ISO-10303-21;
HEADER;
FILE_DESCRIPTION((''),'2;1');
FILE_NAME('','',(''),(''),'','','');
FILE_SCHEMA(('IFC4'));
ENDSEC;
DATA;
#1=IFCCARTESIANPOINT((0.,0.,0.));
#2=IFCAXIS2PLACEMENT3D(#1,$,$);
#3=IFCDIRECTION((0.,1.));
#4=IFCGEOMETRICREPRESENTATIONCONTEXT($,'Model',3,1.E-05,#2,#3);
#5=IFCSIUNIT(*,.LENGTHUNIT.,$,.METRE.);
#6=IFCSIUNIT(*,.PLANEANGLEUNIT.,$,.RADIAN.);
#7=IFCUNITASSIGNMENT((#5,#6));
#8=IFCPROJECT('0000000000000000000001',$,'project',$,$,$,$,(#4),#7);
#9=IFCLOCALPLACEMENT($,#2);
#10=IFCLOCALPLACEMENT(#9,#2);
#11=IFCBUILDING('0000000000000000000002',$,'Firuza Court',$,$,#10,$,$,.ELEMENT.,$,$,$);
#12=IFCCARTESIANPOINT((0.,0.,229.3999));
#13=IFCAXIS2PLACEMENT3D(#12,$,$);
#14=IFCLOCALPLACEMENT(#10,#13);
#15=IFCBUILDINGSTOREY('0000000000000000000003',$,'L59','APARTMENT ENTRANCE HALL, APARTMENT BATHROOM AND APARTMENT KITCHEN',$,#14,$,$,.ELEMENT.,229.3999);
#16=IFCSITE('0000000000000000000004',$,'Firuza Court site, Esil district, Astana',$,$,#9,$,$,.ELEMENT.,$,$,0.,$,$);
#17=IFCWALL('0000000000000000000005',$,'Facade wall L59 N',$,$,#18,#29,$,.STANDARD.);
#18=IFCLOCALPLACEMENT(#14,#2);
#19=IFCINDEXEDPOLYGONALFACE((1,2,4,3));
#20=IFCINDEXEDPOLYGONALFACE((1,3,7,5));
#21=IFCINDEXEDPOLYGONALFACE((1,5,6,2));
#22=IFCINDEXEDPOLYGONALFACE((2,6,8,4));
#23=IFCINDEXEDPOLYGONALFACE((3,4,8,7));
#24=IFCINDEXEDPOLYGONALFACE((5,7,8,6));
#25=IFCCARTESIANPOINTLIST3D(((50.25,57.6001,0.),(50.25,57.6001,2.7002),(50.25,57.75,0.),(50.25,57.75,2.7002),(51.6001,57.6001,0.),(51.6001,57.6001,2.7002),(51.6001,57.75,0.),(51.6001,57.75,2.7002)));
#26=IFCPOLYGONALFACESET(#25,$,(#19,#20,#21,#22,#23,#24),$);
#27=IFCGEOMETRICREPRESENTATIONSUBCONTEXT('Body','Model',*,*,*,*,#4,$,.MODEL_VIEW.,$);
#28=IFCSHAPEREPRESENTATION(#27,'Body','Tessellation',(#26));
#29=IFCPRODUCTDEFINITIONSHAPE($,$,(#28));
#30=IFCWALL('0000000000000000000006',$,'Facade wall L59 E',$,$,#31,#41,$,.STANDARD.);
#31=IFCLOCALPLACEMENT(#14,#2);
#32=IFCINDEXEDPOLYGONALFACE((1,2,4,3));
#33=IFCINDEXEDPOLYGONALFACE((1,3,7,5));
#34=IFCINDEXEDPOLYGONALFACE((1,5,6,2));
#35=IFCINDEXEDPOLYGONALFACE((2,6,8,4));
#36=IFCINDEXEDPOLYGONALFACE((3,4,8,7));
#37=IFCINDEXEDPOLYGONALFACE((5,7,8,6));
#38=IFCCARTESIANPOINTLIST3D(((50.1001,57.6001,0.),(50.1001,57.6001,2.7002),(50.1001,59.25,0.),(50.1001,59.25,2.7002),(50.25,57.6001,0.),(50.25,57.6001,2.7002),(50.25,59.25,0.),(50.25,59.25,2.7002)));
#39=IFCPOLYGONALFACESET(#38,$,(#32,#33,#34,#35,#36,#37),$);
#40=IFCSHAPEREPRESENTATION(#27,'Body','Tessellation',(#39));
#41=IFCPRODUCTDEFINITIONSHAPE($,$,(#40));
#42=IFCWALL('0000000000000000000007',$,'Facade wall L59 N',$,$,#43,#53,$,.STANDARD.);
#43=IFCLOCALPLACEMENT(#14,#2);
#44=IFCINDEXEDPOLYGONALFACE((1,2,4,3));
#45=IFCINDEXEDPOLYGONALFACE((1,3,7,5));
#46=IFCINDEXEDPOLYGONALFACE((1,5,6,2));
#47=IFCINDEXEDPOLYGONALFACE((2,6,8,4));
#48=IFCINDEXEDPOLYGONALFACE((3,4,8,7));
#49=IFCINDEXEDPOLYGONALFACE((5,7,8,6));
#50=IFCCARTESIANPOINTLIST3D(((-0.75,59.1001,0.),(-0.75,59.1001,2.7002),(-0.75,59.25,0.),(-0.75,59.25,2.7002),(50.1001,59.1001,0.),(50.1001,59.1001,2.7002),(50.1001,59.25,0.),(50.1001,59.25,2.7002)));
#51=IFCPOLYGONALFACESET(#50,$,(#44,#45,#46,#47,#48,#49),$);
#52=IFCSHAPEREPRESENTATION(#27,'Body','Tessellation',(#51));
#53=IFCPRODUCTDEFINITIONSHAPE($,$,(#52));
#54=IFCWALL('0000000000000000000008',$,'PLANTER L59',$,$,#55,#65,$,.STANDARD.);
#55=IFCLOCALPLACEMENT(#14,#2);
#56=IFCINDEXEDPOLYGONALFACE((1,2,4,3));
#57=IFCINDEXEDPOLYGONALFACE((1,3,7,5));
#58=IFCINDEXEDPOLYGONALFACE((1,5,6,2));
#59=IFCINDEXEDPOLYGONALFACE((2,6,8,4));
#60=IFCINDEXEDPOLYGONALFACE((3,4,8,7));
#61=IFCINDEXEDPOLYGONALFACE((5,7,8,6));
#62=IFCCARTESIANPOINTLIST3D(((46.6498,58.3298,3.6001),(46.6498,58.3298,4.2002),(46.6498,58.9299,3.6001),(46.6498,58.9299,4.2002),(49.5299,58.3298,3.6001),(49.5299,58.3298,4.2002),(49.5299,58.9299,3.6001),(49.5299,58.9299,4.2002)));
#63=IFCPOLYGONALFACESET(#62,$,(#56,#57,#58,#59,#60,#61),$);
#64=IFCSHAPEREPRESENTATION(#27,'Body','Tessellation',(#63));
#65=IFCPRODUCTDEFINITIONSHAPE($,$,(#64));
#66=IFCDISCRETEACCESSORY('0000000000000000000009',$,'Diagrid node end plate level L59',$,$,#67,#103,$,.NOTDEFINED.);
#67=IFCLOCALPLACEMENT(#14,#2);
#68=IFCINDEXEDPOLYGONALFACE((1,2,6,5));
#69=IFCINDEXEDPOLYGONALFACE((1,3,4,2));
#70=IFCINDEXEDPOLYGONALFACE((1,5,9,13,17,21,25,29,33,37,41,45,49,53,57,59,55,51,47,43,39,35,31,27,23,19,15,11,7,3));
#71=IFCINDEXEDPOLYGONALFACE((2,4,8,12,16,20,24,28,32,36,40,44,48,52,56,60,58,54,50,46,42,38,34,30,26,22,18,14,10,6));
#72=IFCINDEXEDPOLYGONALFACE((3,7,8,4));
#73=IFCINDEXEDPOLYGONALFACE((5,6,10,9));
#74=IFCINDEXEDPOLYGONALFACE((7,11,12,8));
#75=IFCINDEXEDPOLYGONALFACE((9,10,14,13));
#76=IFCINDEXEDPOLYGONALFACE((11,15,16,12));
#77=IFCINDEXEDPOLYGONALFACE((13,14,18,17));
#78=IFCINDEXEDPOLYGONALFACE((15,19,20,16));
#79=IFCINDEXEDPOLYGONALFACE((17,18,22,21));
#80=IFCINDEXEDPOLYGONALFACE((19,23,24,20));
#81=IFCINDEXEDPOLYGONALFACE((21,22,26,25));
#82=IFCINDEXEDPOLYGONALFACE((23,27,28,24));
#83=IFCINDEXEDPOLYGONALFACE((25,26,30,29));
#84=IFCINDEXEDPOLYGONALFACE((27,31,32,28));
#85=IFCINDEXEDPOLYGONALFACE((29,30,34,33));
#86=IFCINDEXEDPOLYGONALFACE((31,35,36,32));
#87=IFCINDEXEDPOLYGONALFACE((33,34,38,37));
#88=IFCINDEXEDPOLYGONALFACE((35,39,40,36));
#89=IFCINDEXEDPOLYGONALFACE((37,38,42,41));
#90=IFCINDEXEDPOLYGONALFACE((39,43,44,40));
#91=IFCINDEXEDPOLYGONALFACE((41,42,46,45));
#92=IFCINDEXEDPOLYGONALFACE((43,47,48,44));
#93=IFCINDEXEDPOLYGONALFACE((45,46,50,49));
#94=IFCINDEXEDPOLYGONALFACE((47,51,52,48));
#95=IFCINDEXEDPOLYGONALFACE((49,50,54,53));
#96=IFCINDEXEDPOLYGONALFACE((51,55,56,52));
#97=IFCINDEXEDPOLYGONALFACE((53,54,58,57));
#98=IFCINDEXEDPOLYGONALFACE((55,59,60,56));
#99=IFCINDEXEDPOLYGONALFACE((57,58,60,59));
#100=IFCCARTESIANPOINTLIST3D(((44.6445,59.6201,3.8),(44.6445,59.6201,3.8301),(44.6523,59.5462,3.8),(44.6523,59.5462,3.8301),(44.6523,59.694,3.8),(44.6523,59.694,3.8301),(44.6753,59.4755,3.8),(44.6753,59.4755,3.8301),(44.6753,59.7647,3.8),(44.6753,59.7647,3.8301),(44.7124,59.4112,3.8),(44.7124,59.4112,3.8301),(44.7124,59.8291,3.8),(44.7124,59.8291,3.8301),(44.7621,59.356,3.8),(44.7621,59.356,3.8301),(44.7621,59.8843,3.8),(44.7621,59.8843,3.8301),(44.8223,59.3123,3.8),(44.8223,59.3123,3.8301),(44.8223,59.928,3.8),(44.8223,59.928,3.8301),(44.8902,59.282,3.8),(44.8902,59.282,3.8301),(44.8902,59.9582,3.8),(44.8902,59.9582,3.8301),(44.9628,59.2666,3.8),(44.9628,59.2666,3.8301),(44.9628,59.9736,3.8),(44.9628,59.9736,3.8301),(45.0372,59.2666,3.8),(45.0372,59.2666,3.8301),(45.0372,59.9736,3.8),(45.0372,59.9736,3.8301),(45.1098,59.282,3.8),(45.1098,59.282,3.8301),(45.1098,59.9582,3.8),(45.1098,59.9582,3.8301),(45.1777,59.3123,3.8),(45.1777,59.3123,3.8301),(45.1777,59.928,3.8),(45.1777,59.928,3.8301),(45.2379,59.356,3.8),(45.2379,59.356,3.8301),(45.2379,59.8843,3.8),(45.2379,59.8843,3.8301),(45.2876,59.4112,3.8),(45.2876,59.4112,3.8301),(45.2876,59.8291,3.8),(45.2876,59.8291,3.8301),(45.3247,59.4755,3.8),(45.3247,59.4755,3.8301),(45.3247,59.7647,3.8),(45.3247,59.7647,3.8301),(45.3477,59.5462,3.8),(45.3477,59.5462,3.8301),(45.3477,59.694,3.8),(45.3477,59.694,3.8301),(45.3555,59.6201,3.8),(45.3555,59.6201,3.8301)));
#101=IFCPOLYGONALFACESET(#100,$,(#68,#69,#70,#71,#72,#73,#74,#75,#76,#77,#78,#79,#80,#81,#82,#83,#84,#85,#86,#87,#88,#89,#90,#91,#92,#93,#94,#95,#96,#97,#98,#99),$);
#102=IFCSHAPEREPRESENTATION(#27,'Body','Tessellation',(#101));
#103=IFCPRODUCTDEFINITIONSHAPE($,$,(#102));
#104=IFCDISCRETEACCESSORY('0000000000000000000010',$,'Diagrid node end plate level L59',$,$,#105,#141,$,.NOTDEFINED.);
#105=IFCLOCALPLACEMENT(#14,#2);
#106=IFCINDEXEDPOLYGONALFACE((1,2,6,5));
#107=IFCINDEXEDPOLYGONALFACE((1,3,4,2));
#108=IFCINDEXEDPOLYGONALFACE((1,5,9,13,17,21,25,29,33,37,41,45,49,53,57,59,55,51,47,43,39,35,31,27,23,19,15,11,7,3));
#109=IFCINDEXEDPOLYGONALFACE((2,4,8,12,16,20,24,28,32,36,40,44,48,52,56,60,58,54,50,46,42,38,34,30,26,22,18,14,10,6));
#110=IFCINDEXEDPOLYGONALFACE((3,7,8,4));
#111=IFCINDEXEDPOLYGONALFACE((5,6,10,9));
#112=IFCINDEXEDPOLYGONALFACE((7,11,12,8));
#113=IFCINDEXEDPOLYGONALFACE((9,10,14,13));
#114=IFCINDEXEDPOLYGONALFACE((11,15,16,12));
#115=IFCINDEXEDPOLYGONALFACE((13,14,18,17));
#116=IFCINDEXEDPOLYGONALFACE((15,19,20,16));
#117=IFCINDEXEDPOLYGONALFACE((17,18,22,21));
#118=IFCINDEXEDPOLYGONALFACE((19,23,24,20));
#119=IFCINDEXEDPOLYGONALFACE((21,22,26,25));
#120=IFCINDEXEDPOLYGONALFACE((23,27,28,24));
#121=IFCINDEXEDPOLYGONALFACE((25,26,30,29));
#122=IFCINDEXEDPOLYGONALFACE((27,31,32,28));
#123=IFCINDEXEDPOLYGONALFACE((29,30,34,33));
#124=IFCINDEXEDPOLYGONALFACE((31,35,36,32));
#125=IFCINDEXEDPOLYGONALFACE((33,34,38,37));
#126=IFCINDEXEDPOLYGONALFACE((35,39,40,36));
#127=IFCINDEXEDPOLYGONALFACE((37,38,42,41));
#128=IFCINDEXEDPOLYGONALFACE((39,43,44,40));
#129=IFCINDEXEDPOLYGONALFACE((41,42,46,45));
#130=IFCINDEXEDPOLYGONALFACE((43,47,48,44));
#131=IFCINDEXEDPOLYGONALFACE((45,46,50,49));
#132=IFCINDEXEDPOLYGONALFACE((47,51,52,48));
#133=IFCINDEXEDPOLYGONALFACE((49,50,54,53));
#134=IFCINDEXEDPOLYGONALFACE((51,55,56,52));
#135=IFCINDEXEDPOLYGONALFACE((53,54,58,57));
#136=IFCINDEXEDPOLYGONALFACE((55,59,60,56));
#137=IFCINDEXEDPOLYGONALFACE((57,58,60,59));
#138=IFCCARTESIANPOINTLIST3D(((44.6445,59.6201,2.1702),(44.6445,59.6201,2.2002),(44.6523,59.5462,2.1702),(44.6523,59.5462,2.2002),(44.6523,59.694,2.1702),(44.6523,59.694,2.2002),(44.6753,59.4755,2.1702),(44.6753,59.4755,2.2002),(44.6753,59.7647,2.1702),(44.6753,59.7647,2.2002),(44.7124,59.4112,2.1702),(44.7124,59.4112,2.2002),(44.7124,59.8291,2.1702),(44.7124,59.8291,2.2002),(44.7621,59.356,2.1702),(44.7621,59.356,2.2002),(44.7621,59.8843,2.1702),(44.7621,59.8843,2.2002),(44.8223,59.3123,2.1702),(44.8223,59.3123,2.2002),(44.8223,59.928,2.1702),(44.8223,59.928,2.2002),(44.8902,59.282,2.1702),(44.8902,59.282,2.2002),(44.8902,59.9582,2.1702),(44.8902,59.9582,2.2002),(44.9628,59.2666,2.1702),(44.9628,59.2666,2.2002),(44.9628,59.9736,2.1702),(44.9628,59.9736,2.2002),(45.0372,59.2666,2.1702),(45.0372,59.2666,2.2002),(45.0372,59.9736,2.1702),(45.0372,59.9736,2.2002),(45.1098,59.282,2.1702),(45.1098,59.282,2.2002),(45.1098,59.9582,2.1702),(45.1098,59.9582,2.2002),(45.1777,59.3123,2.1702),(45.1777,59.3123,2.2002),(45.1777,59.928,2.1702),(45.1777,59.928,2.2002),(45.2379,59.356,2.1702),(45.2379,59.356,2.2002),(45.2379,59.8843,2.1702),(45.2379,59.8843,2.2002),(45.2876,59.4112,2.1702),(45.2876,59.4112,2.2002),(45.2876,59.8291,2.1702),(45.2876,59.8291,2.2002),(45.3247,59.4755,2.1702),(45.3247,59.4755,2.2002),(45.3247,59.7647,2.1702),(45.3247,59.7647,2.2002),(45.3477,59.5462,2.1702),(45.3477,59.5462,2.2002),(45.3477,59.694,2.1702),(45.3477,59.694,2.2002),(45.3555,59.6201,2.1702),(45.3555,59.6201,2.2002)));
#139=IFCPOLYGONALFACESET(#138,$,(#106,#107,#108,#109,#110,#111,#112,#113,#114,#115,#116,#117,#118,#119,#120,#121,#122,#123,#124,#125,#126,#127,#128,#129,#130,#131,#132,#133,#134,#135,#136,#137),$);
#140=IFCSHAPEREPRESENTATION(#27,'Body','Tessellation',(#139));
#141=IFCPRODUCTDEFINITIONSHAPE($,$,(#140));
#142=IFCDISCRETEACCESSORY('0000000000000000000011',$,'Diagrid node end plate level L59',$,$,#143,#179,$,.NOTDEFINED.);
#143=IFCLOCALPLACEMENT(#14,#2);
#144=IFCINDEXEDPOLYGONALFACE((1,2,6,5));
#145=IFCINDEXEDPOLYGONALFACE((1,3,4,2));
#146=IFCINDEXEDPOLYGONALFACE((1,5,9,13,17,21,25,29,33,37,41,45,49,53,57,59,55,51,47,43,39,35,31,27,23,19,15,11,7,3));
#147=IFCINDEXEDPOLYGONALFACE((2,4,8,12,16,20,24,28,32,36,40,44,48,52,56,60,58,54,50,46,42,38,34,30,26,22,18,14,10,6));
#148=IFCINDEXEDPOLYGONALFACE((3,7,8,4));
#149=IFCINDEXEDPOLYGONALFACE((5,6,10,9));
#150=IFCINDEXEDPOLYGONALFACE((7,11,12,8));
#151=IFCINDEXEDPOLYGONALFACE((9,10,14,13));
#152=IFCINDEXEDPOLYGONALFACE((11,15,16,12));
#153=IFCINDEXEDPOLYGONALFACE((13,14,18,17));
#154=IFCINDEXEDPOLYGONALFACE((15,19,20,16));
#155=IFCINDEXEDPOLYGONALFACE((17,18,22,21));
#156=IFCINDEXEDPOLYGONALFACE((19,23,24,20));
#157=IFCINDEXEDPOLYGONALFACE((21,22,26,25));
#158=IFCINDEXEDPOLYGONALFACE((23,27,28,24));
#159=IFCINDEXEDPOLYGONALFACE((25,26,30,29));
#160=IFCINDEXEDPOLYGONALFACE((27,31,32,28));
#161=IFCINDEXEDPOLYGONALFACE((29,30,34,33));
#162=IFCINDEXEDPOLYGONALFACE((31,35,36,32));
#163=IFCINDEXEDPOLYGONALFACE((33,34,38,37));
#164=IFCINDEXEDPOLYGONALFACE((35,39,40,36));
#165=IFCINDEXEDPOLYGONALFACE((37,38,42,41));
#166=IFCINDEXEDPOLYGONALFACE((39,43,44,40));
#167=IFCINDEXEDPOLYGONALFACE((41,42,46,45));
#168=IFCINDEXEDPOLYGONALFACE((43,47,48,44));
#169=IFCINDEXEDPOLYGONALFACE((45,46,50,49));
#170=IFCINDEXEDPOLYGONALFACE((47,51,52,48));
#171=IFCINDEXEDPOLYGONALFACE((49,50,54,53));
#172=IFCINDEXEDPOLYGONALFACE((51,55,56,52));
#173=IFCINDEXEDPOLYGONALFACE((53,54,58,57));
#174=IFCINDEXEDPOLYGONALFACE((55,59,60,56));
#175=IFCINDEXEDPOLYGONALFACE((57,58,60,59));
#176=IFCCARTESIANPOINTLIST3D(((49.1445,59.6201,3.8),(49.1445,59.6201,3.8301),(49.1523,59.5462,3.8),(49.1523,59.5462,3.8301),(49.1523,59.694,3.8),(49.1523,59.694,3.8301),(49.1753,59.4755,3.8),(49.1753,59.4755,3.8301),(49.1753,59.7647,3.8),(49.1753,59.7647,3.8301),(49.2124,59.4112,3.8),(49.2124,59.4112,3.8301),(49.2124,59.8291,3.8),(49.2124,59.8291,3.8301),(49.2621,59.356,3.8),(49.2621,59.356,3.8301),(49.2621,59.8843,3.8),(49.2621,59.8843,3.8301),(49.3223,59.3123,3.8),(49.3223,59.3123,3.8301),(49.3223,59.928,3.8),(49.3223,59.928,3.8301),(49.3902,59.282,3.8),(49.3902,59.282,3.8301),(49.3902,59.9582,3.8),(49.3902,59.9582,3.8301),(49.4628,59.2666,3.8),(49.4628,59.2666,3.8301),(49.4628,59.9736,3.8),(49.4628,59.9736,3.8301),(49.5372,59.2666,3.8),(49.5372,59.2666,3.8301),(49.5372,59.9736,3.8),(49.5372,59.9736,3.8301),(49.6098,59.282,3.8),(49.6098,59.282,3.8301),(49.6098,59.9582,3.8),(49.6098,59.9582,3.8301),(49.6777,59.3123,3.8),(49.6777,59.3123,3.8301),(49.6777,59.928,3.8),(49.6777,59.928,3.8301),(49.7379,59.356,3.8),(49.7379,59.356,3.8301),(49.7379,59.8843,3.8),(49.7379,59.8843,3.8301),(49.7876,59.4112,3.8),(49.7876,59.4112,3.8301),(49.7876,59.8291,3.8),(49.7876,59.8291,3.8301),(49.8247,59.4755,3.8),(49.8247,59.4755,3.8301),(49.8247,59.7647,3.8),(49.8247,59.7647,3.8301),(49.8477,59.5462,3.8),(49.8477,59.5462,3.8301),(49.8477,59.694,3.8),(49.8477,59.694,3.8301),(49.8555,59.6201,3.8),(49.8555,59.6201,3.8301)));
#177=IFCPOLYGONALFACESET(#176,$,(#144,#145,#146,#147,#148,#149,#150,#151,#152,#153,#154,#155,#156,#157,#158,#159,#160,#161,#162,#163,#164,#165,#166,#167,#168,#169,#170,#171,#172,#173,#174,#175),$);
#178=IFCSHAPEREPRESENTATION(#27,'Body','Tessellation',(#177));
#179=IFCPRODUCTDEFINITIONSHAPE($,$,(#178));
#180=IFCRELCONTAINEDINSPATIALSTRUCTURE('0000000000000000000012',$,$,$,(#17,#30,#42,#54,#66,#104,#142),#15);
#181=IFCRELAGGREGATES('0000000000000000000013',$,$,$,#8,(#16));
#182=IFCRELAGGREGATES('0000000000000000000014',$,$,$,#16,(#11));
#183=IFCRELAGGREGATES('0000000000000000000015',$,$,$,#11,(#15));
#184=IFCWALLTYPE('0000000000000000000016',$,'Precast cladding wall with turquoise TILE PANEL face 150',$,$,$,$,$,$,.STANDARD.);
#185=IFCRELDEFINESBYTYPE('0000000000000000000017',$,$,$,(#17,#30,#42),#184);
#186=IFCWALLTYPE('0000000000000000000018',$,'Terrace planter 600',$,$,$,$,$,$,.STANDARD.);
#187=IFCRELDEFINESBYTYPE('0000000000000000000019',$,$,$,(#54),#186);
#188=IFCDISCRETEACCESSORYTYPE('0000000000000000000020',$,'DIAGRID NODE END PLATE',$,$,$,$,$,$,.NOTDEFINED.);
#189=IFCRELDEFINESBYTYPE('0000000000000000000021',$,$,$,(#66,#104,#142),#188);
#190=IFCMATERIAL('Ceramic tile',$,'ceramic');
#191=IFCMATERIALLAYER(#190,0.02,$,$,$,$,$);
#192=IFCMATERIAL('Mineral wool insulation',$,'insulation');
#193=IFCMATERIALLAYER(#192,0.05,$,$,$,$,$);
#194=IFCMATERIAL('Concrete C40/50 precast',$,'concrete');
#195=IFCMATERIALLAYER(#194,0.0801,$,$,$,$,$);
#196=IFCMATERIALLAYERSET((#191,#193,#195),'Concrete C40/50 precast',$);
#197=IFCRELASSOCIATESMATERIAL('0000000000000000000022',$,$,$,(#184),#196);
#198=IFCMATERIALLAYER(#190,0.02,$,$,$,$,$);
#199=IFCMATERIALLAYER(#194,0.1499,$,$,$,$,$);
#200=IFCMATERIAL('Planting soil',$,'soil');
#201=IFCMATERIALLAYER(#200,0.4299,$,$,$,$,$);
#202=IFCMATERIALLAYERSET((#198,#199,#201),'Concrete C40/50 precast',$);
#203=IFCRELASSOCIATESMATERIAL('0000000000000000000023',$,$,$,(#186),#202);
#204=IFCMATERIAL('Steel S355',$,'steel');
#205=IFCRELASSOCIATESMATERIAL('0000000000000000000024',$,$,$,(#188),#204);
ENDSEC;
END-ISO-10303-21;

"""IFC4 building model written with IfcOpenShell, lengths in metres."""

from ifc_helpers import new_model, si_unit, direction, frame, frame_2d, origin, origin_2d, place, context, subcontext, project, spatial, rectangle, circle, extrude, material, layer, layer_set, material_profile, profile_set, type_object, element, save


model = new_model("IFC4")

# Units and contexts
model_context = context("Model", 3, precision=1e-05, world=origin(), true_north=direction((0.0, 1.0)))
body_context = subcontext(model_context, "Body", "Model", "MODEL_VIEW")
ifc_project = project(units=[si_unit("LENGTHUNIT", "METRE"), si_unit("PLANEANGLEUNIT", "RADIAN")], contexts=[model_context])

# Site, building, storey
site_placement = place(None, origin())
site = spatial("IfcSite", under=ifc_project, at=site_placement, Name="Firuza Court site, Esil district, Astana", CompositionType="ELEMENT", RefElevation=0.0)
building_placement = place(site_placement, origin())
building = spatial("IfcBuilding", under=site, at=building_placement, Name="Firuza Court", CompositionType="ELEMENT")
storey_placement = place(building_placement, frame((0.0, 0.0, 229.3999)))
storey = spatial("IfcBuildingStorey", under=building, at=storey_placement, Name="L59", Description="APARTMENT ENTRANCE HALL, APARTMENT BATHROOM AND APARTMENT KITCHEN", CompositionType="ELEMENT", Elevation=229.3999)

# Walls
ifc_material_1 = material(Name="Ceramic tile", Category="ceramic")
ifc_layer_1 = layer(ifc_material_1, 0.02)
ifc_material_2 = material(Name="Mineral wool insulation", Category="insulation")
ifc_layer_2 = layer(ifc_material_2, 0.05)
ifc_material_3 = material(Name="Concrete C40/50 precast", Category="concrete")
ifc_layer_3 = layer(ifc_material_3, 0.0801)
ifc_layer_set_1 = layer_set([ifc_layer_1, ifc_layer_2, ifc_layer_3], Name="Concrete C40/50 precast")
wall_type_1 = type_object("IfcWallType", Name="Precast cladding wall with turquoise TILE PANEL face 150", PredefinedType="STANDARD", material=ifc_layer_set_1)
wall_1_placement = place(storey_placement, frame((51.6001, 57.675, 0.0), z_axis=(0.0, 0.0, 1.0), x_axis=(-1.0, 0.0, 0.0)))
element("IfcWall", 1, at=wall_1_placement, inside=storey, type_object=wall_type_1, Name="Facade wall L59 N", PredefinedType="STANDARD", context=body_context, shape_type="SweptSolid", body=[
    extrude(rectangle(XDim=1.3501, YDim=0.1499, at=frame_2d((0.675, 0.0))), origin(), (0.0, 0.0, 1.0), 2.7002),
])
wall_2_placement = place(storey_placement, frame((50.175, 57.6001, 0.0), z_axis=(0.0, 0.0, 1.0), x_axis=(0.0, 1.0, 0.0)))
element("IfcWall", 2, at=wall_2_placement, inside=storey, type_object=wall_type_1, Name="Facade wall L59 E", PredefinedType="STANDARD", context=body_context, shape_type="SweptSolid", body=[
    extrude(rectangle(XDim=1.6499, YDim=0.1499, at=frame_2d((0.825, 0.0))), origin(), (0.0, 0.0, 1.0), 2.7002),
])
wall_3_placement = place(storey_placement, frame((50.1001, 59.175, 0.0), z_axis=(0.0, 0.0, 1.0), x_axis=(-1.0, 0.0, 0.0)))
element("IfcWall", 3, at=wall_3_placement, inside=storey, type_object=wall_type_1, Name="Facade wall L59 N", PredefinedType="STANDARD", context=body_context, shape_type="SweptSolid", body=[
    extrude(rectangle(XDim=50.8501, YDim=0.1499, at=frame_2d((25.425, 0.0))), origin(), (0.0, 0.0, 1.0), 2.7002),
])
ifc_layer_4 = layer(ifc_material_1, 0.02)
ifc_layer_5 = layer(ifc_material_3, 0.1499)
ifc_material_4 = material(Name="Planting soil", Category="soil")
ifc_layer_6 = layer(ifc_material_4, 0.4299)
ifc_layer_set_2 = layer_set([ifc_layer_4, ifc_layer_5, ifc_layer_6], Name="Concrete C40/50 precast")
wall_type_2 = type_object("IfcWallType", Name="Terrace planter 600", PredefinedType="STANDARD", material=ifc_layer_set_2)
wall_4_placement = place(storey_placement, frame((46.6499, 58.6299, 3.6001), z_axis=(0.0, 0.0, 1.0), x_axis=(1.0, 0.0, 0.0)))
element("IfcWall", 4, at=wall_4_placement, inside=storey, type_object=wall_type_2, Name="PLANTER L59", PredefinedType="STANDARD", context=body_context, shape_type="SweptSolid", body=[
    extrude(rectangle(XDim=2.8801, YDim=0.6001, at=frame_2d((1.4399, 0.0))), origin(), (0.0, 0.0, 1.0), 0.6001),
])

# Discrete accessories
ifc_material_5 = material(Name="Steel S355", Category="steel")
ifc_material_profile_1 = material_profile(ifc_material_5, circle(Radius=0.3555, at=origin_2d()), Name="PL D711")
ifc_profile_set_1 = profile_set([ifc_material_profile_1], Name="Steel S355")
discrete_accessory_type = type_object("IfcDiscreteAccessoryType", Name="DIAGRID NODE END PLATE", PredefinedType="NOTDEFINED", material=ifc_profile_set_1)
for number, where, z_axis, x_axis, name in (
    (5, (45.0, 59.6201, 3.8), (0.0, 0.0, 1.0), (1.0, 0.0, 0.0), "Diagrid node end plate level L59"),
    (6, (45.0, 59.6201, 2.1702), (0.0, 0.0, 1.0), (1.0, 0.0, 0.0), "Diagrid node end plate level L59"),
    (7, (49.5, 59.6201, 3.8), (0.0, 0.0, 1.0), (1.0, 0.0, 0.0), "Diagrid node end plate level L59"),
):
    element("IfcDiscreteAccessory", number, at=place(storey_placement, frame(where, z_axis=z_axis, x_axis=x_axis)), inside=storey, type_object=discrete_accessory_type, Name=name, PredefinedType="NOTDEFINED", context=body_context, shape_type="SweptSolid", body=[
        extrude(circle(Radius=0.3555, at=origin_2d()), origin(), (0.0, 0.0, 1.0), 0.03),
    ])

save(model, "model.ifc")
